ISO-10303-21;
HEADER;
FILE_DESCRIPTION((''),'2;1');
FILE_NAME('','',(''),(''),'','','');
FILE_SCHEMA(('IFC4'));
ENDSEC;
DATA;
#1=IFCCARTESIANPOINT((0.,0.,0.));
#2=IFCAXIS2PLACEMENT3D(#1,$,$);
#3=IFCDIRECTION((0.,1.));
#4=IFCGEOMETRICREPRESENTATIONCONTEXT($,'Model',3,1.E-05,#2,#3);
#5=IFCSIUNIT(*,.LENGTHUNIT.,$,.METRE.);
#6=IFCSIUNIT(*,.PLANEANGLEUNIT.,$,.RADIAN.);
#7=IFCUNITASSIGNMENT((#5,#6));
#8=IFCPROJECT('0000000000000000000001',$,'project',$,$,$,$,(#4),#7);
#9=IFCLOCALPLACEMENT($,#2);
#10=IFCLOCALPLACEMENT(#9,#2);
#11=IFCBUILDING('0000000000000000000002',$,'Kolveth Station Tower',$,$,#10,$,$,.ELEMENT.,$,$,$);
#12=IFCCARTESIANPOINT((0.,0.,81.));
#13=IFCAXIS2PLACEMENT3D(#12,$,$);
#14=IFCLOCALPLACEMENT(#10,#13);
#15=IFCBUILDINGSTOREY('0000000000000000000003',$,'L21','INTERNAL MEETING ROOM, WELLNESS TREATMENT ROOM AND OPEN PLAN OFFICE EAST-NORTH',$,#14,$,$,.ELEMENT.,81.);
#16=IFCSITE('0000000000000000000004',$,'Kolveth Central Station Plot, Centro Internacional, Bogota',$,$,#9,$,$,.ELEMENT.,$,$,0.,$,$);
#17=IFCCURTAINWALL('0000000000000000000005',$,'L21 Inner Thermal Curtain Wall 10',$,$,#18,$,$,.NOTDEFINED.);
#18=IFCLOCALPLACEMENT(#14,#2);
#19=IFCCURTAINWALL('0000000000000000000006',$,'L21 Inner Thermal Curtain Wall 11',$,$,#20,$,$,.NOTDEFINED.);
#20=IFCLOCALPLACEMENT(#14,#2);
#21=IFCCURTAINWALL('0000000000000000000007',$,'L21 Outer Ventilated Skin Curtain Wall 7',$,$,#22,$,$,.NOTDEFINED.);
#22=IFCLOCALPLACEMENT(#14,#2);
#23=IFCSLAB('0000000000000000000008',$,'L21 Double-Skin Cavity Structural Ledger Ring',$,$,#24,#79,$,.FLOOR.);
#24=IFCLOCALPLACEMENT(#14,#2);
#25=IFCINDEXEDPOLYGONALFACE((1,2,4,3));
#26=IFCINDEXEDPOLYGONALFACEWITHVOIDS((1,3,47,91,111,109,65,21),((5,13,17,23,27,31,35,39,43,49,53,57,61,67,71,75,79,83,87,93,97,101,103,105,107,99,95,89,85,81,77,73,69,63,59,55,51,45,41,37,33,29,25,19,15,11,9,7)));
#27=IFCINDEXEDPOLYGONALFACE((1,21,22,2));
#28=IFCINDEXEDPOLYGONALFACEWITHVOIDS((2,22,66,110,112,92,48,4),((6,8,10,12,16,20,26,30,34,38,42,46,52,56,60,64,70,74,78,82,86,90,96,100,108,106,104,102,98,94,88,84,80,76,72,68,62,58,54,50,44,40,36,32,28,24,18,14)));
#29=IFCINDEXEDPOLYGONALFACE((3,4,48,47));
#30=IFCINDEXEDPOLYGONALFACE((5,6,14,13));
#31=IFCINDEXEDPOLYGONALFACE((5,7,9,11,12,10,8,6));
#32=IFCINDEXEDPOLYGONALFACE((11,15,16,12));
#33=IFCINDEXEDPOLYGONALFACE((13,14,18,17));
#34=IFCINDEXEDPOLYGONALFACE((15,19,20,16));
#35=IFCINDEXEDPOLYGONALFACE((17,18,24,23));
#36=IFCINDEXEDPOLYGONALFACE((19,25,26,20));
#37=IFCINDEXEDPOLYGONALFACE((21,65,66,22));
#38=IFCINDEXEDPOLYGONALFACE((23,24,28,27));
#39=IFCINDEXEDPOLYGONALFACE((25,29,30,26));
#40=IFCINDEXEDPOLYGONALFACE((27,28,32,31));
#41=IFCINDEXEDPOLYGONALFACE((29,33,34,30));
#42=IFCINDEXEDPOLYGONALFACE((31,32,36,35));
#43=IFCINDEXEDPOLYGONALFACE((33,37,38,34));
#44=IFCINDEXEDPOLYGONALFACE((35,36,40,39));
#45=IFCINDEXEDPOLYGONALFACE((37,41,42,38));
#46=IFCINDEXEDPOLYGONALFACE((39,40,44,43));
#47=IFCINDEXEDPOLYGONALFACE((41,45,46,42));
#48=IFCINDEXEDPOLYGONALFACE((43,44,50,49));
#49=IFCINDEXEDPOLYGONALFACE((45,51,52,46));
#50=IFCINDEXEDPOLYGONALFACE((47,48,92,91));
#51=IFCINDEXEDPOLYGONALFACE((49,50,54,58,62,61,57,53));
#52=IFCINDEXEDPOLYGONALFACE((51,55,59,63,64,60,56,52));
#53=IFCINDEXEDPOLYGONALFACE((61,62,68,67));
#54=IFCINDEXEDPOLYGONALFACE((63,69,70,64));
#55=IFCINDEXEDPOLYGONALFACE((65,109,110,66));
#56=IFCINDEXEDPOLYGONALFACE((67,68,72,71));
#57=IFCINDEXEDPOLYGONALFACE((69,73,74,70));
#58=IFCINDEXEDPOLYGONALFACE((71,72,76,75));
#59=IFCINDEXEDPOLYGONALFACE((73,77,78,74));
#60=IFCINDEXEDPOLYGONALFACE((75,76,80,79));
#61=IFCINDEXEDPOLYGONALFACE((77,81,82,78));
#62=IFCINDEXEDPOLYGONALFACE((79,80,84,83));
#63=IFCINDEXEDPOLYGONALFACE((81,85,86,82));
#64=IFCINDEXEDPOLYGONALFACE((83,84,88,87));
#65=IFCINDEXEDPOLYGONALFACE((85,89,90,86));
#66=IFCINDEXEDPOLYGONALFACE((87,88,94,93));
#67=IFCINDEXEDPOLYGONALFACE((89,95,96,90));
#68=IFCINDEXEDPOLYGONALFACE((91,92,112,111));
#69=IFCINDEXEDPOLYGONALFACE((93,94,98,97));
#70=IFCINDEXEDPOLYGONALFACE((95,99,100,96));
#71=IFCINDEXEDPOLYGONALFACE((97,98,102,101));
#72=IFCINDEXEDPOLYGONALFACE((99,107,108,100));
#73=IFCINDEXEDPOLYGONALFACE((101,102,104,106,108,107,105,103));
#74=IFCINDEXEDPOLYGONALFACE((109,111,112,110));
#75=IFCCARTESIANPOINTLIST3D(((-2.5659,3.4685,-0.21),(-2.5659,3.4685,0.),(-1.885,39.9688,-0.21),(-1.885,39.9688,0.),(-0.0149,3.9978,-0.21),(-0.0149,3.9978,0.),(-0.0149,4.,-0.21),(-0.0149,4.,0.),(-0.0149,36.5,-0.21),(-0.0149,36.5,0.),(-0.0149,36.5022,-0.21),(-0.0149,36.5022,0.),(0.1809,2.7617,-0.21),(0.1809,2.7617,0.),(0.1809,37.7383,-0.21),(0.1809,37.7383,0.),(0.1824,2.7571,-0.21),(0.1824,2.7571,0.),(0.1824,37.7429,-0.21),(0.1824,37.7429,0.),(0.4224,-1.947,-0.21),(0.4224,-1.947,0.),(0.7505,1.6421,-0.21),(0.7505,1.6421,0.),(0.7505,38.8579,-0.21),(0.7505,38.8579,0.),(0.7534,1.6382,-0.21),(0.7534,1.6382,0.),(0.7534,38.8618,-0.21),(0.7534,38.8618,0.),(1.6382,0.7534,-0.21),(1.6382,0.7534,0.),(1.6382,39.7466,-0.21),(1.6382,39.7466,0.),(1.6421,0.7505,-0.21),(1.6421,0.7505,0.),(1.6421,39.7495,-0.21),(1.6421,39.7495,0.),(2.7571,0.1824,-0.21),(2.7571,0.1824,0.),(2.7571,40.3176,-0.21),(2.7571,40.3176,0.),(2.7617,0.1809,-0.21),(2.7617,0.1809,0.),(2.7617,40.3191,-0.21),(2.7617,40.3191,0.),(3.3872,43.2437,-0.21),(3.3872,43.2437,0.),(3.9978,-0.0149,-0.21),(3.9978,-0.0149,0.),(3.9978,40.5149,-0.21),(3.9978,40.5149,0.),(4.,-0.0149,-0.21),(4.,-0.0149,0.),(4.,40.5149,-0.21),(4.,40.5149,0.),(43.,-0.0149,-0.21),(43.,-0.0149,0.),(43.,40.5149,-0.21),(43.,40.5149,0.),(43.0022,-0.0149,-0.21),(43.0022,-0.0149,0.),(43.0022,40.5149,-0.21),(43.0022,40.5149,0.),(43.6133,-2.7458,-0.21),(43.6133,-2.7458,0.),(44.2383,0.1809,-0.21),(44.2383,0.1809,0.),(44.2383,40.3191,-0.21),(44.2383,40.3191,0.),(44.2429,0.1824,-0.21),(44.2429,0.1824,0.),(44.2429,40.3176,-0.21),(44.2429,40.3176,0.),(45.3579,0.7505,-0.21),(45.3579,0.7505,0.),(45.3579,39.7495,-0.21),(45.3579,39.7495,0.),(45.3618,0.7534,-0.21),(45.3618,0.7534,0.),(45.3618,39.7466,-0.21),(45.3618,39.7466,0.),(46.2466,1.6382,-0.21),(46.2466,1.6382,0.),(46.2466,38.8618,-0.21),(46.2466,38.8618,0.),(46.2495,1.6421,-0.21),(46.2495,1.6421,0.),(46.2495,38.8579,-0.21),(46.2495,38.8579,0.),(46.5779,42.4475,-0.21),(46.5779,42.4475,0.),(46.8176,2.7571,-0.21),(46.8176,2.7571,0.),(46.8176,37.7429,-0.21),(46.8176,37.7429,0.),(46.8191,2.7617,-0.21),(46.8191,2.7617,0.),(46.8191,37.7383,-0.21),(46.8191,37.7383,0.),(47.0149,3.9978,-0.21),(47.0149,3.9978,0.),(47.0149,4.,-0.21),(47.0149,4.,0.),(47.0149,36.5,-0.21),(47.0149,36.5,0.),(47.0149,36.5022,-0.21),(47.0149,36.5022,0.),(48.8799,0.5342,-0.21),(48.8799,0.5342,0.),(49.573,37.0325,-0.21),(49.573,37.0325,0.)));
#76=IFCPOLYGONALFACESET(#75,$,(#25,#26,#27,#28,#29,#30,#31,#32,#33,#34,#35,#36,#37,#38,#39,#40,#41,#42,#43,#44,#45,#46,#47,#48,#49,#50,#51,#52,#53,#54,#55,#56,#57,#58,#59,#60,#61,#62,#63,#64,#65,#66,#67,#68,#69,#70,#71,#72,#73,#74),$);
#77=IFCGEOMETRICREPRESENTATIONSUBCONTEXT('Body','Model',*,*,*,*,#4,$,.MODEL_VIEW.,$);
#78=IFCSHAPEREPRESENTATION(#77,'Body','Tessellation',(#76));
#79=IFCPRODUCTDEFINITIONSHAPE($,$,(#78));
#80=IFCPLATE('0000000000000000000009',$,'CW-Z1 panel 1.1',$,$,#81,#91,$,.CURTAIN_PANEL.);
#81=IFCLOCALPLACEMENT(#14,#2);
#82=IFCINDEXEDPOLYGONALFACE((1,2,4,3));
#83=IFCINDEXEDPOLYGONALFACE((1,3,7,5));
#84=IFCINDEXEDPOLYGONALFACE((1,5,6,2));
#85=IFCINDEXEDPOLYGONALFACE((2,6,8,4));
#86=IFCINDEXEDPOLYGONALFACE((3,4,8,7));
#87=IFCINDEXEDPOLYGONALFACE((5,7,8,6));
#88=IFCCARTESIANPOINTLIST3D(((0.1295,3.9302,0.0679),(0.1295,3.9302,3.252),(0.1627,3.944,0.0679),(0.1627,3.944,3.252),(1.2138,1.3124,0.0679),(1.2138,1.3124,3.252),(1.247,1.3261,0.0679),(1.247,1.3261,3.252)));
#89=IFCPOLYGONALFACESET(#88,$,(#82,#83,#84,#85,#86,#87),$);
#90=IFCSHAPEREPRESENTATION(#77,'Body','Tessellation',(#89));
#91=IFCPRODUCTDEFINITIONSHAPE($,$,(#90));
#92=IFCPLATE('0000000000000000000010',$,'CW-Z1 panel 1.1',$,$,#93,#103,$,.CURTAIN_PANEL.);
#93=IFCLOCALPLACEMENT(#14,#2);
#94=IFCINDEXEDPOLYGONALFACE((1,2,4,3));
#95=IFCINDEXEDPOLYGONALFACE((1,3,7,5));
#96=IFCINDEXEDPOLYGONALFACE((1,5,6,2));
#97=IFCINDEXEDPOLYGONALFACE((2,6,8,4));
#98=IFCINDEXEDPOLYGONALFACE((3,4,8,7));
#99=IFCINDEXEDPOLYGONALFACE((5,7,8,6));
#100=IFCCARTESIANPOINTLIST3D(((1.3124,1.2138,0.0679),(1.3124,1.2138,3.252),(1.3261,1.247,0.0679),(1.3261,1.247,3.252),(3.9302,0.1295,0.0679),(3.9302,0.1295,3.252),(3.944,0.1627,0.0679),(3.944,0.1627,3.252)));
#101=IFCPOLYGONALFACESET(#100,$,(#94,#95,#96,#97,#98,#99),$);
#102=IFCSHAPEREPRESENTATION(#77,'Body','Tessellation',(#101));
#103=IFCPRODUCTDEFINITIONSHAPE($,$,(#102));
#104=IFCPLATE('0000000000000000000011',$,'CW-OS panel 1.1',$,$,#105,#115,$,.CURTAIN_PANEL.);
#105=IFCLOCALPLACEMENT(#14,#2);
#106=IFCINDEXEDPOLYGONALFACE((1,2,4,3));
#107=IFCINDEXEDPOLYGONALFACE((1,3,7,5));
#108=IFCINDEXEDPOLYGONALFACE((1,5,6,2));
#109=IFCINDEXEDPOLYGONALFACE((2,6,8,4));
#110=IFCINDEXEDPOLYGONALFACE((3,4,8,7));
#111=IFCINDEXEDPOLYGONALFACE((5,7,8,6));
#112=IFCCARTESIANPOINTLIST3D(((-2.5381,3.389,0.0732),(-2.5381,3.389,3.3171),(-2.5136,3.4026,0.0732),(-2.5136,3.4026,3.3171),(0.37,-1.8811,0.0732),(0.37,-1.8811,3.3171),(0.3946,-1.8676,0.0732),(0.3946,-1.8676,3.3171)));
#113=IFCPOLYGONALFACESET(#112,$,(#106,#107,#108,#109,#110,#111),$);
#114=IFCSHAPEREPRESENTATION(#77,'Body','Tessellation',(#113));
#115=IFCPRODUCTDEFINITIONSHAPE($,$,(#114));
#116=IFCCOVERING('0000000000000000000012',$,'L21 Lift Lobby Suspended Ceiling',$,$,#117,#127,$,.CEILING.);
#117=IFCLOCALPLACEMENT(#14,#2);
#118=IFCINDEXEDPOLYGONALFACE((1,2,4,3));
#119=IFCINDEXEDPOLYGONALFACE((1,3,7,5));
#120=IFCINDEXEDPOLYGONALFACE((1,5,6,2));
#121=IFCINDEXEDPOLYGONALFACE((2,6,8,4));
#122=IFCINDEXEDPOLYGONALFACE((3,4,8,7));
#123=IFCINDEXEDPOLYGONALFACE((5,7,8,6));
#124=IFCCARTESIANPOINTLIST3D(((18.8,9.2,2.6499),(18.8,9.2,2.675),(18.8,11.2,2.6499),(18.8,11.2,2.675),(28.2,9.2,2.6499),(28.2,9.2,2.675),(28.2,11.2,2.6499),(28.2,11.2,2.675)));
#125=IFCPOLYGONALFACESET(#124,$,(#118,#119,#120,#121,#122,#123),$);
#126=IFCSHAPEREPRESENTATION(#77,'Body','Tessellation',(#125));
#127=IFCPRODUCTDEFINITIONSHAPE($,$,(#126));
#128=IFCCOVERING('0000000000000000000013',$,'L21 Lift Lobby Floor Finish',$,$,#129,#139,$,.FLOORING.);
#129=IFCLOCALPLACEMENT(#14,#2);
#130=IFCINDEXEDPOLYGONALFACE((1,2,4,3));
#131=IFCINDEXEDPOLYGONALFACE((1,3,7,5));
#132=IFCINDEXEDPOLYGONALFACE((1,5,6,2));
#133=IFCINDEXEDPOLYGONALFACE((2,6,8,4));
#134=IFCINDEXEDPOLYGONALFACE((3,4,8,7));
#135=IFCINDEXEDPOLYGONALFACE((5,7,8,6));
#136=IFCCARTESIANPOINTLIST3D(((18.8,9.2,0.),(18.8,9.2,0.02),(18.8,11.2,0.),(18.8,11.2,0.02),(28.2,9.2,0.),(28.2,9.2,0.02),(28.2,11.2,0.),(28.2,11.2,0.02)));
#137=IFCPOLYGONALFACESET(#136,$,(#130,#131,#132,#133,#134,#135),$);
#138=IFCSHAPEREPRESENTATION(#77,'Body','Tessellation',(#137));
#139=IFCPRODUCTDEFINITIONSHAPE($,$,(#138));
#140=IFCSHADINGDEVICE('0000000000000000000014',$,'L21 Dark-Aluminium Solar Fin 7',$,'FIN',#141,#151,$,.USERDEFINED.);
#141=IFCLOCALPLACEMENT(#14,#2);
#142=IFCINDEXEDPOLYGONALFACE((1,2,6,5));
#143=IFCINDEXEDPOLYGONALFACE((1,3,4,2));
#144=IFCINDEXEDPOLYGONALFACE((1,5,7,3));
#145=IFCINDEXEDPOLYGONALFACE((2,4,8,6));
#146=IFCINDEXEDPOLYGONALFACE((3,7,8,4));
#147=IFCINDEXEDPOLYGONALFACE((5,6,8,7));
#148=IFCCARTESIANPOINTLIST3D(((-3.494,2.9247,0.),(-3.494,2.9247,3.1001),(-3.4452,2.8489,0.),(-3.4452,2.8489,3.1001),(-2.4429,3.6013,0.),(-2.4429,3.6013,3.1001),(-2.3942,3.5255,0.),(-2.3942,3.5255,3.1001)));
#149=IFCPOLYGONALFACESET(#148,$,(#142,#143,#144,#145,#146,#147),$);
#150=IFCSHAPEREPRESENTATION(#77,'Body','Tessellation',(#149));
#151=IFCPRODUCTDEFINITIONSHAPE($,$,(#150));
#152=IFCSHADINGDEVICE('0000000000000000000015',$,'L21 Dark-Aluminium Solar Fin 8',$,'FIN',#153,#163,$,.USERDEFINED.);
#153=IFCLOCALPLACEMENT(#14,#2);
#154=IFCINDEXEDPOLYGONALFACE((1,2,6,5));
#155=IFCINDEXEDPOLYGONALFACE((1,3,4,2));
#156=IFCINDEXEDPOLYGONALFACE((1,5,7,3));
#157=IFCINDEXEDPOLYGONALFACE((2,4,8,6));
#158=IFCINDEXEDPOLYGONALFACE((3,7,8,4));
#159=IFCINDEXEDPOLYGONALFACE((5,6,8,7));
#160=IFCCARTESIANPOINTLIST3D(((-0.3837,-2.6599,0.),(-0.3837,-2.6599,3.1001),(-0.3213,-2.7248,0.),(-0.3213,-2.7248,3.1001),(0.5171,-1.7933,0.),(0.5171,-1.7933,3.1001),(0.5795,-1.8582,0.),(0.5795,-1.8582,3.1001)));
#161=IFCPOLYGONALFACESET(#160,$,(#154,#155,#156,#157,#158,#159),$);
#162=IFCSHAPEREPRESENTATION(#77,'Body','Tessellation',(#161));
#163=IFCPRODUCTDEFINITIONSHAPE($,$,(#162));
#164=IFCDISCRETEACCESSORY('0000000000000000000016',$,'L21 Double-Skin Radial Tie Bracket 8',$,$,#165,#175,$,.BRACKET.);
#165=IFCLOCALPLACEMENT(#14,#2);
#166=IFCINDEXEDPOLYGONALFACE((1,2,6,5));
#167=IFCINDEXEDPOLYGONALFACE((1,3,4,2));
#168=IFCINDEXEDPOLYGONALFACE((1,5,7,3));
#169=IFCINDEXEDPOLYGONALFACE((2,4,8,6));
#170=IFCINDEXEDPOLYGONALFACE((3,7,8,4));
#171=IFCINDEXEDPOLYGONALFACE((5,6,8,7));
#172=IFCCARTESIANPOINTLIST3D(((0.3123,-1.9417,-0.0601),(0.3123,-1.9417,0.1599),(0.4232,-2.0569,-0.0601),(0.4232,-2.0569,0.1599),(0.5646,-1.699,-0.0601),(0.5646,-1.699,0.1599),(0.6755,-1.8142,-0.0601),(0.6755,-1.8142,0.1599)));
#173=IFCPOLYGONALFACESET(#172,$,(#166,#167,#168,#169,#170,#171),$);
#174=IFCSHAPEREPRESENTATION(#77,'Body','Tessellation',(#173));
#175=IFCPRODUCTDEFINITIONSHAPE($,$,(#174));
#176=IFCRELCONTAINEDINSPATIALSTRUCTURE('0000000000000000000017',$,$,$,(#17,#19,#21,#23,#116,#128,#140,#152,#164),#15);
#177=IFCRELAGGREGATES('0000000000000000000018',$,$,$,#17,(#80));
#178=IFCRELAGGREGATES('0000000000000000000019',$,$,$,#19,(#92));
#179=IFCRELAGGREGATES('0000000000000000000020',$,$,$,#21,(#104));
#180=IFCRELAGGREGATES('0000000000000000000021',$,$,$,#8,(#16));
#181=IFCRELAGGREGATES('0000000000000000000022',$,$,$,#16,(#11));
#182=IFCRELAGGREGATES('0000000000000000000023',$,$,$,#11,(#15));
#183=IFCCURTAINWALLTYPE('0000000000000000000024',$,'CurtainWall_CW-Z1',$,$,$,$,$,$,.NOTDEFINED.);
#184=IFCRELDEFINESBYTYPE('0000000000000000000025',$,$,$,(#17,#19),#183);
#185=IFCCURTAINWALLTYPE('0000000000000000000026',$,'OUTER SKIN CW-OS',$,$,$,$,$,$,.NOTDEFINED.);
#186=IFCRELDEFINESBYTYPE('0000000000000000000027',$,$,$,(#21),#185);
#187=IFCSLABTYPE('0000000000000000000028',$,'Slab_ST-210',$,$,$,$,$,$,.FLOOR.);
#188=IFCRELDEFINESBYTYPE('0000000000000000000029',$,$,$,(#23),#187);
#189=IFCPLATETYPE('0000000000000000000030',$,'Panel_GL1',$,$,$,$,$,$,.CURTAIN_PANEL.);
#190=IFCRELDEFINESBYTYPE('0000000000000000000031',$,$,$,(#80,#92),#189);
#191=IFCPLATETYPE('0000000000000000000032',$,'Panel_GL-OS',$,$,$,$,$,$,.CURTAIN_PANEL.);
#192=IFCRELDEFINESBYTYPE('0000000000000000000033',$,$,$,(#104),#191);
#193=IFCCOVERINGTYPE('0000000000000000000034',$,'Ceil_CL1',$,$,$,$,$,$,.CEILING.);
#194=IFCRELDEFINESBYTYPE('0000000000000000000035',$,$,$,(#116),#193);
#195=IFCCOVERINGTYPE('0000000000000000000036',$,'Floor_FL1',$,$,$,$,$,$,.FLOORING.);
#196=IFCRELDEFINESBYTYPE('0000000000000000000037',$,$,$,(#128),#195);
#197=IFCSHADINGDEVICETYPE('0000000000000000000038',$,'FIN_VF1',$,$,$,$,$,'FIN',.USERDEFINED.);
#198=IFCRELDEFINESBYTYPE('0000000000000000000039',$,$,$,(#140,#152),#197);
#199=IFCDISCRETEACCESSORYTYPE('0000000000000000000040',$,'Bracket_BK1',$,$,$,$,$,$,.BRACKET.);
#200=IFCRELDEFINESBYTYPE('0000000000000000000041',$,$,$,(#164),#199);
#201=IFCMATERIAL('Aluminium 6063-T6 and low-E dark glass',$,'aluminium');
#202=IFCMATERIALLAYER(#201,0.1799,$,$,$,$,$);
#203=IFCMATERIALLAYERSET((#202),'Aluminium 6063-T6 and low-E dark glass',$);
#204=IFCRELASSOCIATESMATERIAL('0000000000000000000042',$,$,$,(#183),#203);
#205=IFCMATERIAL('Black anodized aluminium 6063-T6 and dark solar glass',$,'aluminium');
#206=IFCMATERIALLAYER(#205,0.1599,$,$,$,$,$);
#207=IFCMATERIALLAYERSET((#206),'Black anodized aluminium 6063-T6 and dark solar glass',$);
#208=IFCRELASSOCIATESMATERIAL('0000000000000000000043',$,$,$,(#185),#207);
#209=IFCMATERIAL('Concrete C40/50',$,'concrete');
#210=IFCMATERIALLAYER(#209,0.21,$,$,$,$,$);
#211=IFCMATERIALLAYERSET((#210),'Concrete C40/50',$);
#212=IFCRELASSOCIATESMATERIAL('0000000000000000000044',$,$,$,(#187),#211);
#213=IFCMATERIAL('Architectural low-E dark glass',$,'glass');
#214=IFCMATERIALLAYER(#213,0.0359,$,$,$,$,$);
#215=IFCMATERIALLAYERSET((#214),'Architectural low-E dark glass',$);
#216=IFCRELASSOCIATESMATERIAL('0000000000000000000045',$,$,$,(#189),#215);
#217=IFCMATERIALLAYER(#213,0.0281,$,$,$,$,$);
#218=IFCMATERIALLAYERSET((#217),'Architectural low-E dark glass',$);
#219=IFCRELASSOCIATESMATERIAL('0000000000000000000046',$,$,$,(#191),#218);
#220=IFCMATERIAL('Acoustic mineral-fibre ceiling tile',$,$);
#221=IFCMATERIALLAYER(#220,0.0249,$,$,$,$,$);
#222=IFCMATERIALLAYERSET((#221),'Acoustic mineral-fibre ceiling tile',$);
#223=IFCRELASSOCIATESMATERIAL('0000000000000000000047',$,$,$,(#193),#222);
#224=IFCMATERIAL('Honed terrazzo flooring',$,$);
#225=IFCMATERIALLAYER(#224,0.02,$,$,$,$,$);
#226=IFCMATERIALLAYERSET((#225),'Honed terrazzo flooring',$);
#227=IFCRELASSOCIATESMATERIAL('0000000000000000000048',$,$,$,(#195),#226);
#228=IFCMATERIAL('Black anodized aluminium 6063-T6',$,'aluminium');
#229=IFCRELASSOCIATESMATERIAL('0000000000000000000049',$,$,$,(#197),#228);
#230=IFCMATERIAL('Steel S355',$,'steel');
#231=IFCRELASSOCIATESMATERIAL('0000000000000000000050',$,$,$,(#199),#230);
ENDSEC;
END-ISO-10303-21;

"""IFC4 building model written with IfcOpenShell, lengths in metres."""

from ifc_helpers import new_model, si_unit, direction, frame, origin, origin_2d, place, context, subcontext, project, spatial, polyline, rectangle, outline, extrude, source, transform, mapped, material, layer, layer_set, type_object, element, aggregate, save


model = new_model("IFC4")

# Units and contexts
model_context = context("Model", 3, precision=1e-05, world=origin(), true_north=direction((0.0, 1.0)))
body_context = subcontext(model_context, "Body", "Model", "MODEL_VIEW")
ifc_project = project(units=[si_unit("LENGTHUNIT", "METRE"), si_unit("PLANEANGLEUNIT", "RADIAN")], contexts=[model_context])

# Site, building, storey
site_placement = place(None, origin())
site = spatial("IfcSite", under=ifc_project, at=site_placement, Name="Kolveth Central Station Plot, Centro Internacional, Bogota", CompositionType="ELEMENT", RefElevation=0.0)
building_placement = place(site_placement, origin())
building = spatial("IfcBuilding", under=site, at=building_placement, Name="Kolveth Station Tower", CompositionType="ELEMENT")
storey_placement = place(building_placement, frame((0.0, 0.0, 81.0)))
storey = spatial("IfcBuildingStorey", under=building, at=storey_placement, Name="L21", Description="INTERNAL MEETING ROOM, WELLNESS TREATMENT ROOM AND OPEN PLAN OFFICE EAST-NORTH", CompositionType="ELEMENT", Elevation=81.0)

# Shared definitions
ifc_material_1 = material(Name="Steel S355", Category="steel")

# Curtain wall
ifc_material_2 = material(Name="Aluminium 6063-T6 and low-E dark glass", Category="aluminium")
ifc_layer_1 = layer(ifc_material_2, 0.1799)
ifc_layer_set_1 = layer_set([ifc_layer_1], Name="Aluminium 6063-T6 and low-E dark glass")
curtain_wall_type_1 = type_object("IfcCurtainWallType", Name="CurtainWall_CW-Z1", PredefinedType="NOTDEFINED", material=ifc_layer_set_1)
curtain_wall_1_placement = place(storey_placement, origin())
curtain_wall_1 = element("IfcCurtainWall", 1, at=curtain_wall_1_placement, inside=storey, type_object=curtain_wall_type_1, Name="L21 Inner Thermal Curtain Wall 10", PredefinedType="NOTDEFINED")
ifc_material_3 = material(Name="Black anodized aluminium 6063-T6", Category="aluminium")

# Curtain wall
curtain_wall_2_placement = place(storey_placement, origin())
curtain_wall_2 = element("IfcCurtainWall", 2, at=curtain_wall_2_placement, inside=storey, type_object=curtain_wall_type_1, Name="L21 Inner Thermal Curtain Wall 11", PredefinedType="NOTDEFINED")

# Curtain wall
ifc_material_4 = material(Name="Black anodized aluminium 6063-T6 and dark solar glass", Category="aluminium")
ifc_layer_2 = layer(ifc_material_4, 0.1599)
ifc_layer_set_2 = layer_set([ifc_layer_2], Name="Black anodized aluminium 6063-T6 and dark solar glass")
curtain_wall_type_2 = type_object("IfcCurtainWallType", Name="OUTER SKIN CW-OS", PredefinedType="NOTDEFINED", material=ifc_layer_set_2)
curtain_wall_3_placement = place(storey_placement, origin())
curtain_wall_3 = element("IfcCurtainWall", 3, at=curtain_wall_3_placement, inside=storey, type_object=curtain_wall_type_2, Name="L21 Outer Ventilated Skin Curtain Wall 7", PredefinedType="NOTDEFINED")

# Shared definitions
ifc_material_5 = material(Name="Concrete C40/50", Category="concrete")

# Slab
ifc_layer_3 = layer(ifc_material_5, 0.21)
ifc_layer_set_3 = layer_set([ifc_layer_3], Name="Concrete C40/50")
slab_type_1 = type_object("IfcSlabType", Name="Slab_ST-210", PredefinedType="FLOOR", material=ifc_layer_set_3)
slab_1_placement = place(storey_placement, frame((0.0, 0.0, -0.21)))
element("IfcSlab", 4, at=slab_1_placement, inside=storey, type_object=slab_type_1, Name="L21 Double-Skin Cavity Structural Ledger Ring", PredefinedType="FLOOR", context=body_context, shape_type="SweptSolid", body=[
    extrude(outline(polyline([(0.4224, -1.947), (-2.5659, 3.4685), (-1.885, 39.9688), (3.3872, 43.2437), (46.5779, 42.4475), (49.573, 37.0325), (48.8799, 0.5342), (43.6133, -2.7458), (0.4224, -1.947)]), holes=[polyline([(43.0022, -0.0149), (44.2383, 0.1809), (44.2429, 0.1824), (45.3579, 0.7505), (45.3618, 0.7534), (46.2466, 1.6382), (46.2495, 1.6421), (46.8176, 2.7571), (46.8191, 2.7617), (47.0149, 3.9978), (47.0149, 4.0), (47.0149, 36.5), (47.0149, 36.5022), (46.8191, 37.7383), (46.8176, 37.7429), (46.2495, 38.8579), (46.2466, 38.8618), (45.3618, 39.7466), (45.3579, 39.7495), (44.2429, 40.3176), (44.2383, 40.3191), (43.0022, 40.5149), (43.0, 40.5149), (4.0, 40.5149), (3.9978, 40.5149), (2.7617, 40.3191), (2.7571, 40.3176), (1.6421, 39.7495), (1.6382, 39.7466), (0.7534, 38.8618), (0.7505, 38.8579), (0.1824, 37.7429), (0.1809, 37.7383), (-0.0149, 36.5022), (-0.0149, 36.5), (-0.0149, 4.0), (-0.0149, 3.9978), (0.1809, 2.7617), (0.1824, 2.7571), (0.7505, 1.6421), (0.7534, 1.6382), (1.6382, 0.7534), (1.6421, 0.7505), (2.7571, 0.1824), (2.7617, 0.1809), (3.9978, -0.0149), (4.0, -0.0149), (43.0, -0.0149), (43.0022, -0.0149)])]), origin(), (0.0, 0.0, 1.0), 0.21),
])

# Plates
ifc_material_6 = material(Name="Architectural low-E dark glass", Category="glass")
ifc_layer_4 = layer(ifc_material_6, 0.0359)
ifc_layer_set_4 = layer_set([ifc_layer_4], Name="Architectural low-E dark glass")
plate_type_1 = type_object("IfcPlateType", Name="Panel_GL1", PredefinedType="CURTAIN_PANEL", material=ifc_layer_set_4)
shared_shape_1 = source(origin(), body_context, "Body", "SweptSolid", [
    extrude(rectangle(XDim=2.8335, YDim=0.0359, at=origin_2d()), origin(), (0.0, 0.0, 1.0), 3.1841),
])
plate_1_placement = place(storey_placement, frame((0.6882, 2.6282, 0.0679), z_axis=(0.0, 0.0, 1.0), x_axis=(0.382673, -0.923884, 0.0)))
plate_1 = element("IfcPlate", 5, at=plate_1_placement, type_object=plate_type_1, Name="CW-Z1 panel 1.1", PredefinedType="CURTAIN_PANEL", context=body_context, shape_type="MappedRepresentation", body=[
    mapped(shared_shape_1, transform((0.0, 0.0, 0.0), x_axis=(1.0, 0.0, 0.0), y_axis=(0.0, 1.0, 0.0), z_axis=(0.0, 0.0, 1.0), scale=1.0)),
])
aggregate(curtain_wall_1, [plate_1])
plate_2_placement = place(storey_placement, frame((2.6282, 0.6882, 0.0679), z_axis=(0.0, 0.0, 1.0), x_axis=(0.923884, -0.382673, 0.0)))
plate_2 = element("IfcPlate", 6, at=plate_2_placement, type_object=plate_type_1, Name="CW-Z1 panel 1.1", PredefinedType="CURTAIN_PANEL", context=body_context, shape_type="MappedRepresentation", body=[
    mapped(shared_shape_1, transform((0.0, 0.0, 0.0), x_axis=(1.0, 0.0, 0.0), y_axis=(0.0, 1.0, 0.0), z_axis=(0.0, 0.0, 1.0), scale=1.0)),
])
aggregate(curtain_wall_2, [plate_2])
ifc_layer_5 = layer(ifc_material_6, 0.0281)
ifc_layer_set_5 = layer_set([ifc_layer_5], Name="Architectural low-E dark glass")
plate_type_2 = type_object("IfcPlateType", Name="Panel_GL-OS", PredefinedType="CURTAIN_PANEL", material=ifc_layer_set_5)
shared_shape_2 = source(origin(), body_context, "Body", "SweptSolid", [
    extrude(rectangle(XDim=6.0193, YDim=0.0281, at=origin_2d()), origin(), (0.0, 0.0, 1.0), 3.2439),
])
plate_3_placement = place(storey_placement, frame((-1.0718, 0.7607, 0.0732), z_axis=(0.0, 0.0, 1.0), x_axis=(0.483138, -0.875544, 0.0)))
plate_3 = element("IfcPlate", 7, at=plate_3_placement, type_object=plate_type_2, Name="CW-OS panel 1.1", PredefinedType="CURTAIN_PANEL", context=body_context, shape_type="MappedRepresentation", body=[
    mapped(shared_shape_2, transform((0.0, 0.0, 0.0), x_axis=(1.0, 0.0, 0.0), y_axis=(0.0, 1.0, 0.0), z_axis=(0.0, 0.0, 1.0), scale=1.0)),
])
aggregate(curtain_wall_3, [plate_3])

# Coverings
ifc_material_7 = material(Name="Acoustic mineral-fibre ceiling tile")
ifc_layer_6 = layer(ifc_material_7, 0.0249)
ifc_layer_set_6 = layer_set([ifc_layer_6], Name="Acoustic mineral-fibre ceiling tile")
covering_type_1 = type_object("IfcCoveringType", Name="Ceil_CL1", PredefinedType="CEILING", material=ifc_layer_set_6)
covering_1_placement = place(storey_placement, frame((0.0, 0.0, 2.6499)))
element("IfcCovering", 8, at=covering_1_placement, inside=storey, type_object=covering_type_1, Name="L21 Lift Lobby Suspended Ceiling", PredefinedType="CEILING", context=body_context, shape_type="SweptSolid", body=[
    extrude(outline(polyline([(18.8, 9.2), (28.2, 9.2), (28.2, 11.2), (18.8, 11.2), (18.8, 9.2)])), origin(), (0.0, 0.0, 1.0), 0.0251),
])
ifc_material_8 = material(Name="Honed terrazzo flooring")
ifc_layer_7 = layer(ifc_material_8, 0.02)
ifc_layer_set_7 = layer_set([ifc_layer_7], Name="Honed terrazzo flooring")
covering_type_2 = type_object("IfcCoveringType", Name="Floor_FL1", PredefinedType="FLOORING", material=ifc_layer_set_7)
covering_2_placement = place(storey_placement, origin())
element("IfcCovering", 9, at=covering_2_placement, inside=storey, type_object=covering_type_2, Name="L21 Lift Lobby Floor Finish", PredefinedType="FLOORING", context=body_context, shape_type="SweptSolid", body=[
    extrude(outline(polyline([(18.8, 9.2), (28.2, 9.2), (28.2, 11.2), (18.8, 11.2), (18.8, 9.2)])), origin(), (0.0, 0.0, 1.0), 0.02),
])

# Shading devices
shading_device_type = type_object("IfcShadingDeviceType", Name="FIN_VF1", ElementType="FIN", PredefinedType="USERDEFINED", material=ifc_material_3)
shared_shape_3 = source(origin(), body_context, "Body", "SweptSolid", [
    extrude(rectangle(XDim=1.25, YDim=0.0901, at=origin_2d()), origin(), (0.0, 0.0, 1.0), 3.1001),
])
for number, where, z_axis, x_axis, name in (
    (10, (-2.9441, 3.2251, 0.0), (0.0, 0.0, 1.0), (-0.84085, -0.541268, 0.0), "L21 Dark-Aluminium Solar Fin 7"),
    (11, (0.0979, -2.259, 0.0), (0.0, 0.0, 1.0), (-0.720672, -0.693276, 0.0), "L21 Dark-Aluminium Solar Fin 8"),
):
    element("IfcShadingDevice", number, at=place(storey_placement, frame(where, z_axis=z_axis, x_axis=x_axis)), inside=storey, type_object=shading_device_type, Name=name, ObjectType="FIN", PredefinedType="USERDEFINED", context=body_context, shape_type="MappedRepresentation", body=[
        mapped(shared_shape_3, transform((0.0, 0.0, 0.0), x_axis=(1.0, 0.0, 0.0), y_axis=(0.0, 1.0, 0.0), z_axis=(0.0, 0.0, 1.0), scale=1.0)),
    ])

# Discrete accessory
discrete_accessory_type = type_object("IfcDiscreteAccessoryType", Name="Bracket_BK1", PredefinedType="BRACKET", material=ifc_material_1)
shared_shape_4 = source(origin(), body_context, "Body", "SweptSolid", [
    extrude(rectangle(XDim=0.3501, YDim=0.1599, at=origin_2d()), origin(), (0.0, 0.0, 1.0), 0.22),
])
discrete_accessory_placement = place(storey_placement, frame((0.4939, -1.8779, -0.0601), z_axis=(0.0, 0.0, 1.0), x_axis=(-0.720672, -0.693276, 0.0)))
element("IfcDiscreteAccessory", 12, at=discrete_accessory_placement, inside=storey, type_object=discrete_accessory_type, Name="L21 Double-Skin Radial Tie Bracket 8", PredefinedType="BRACKET", context=body_context, shape_type="MappedRepresentation", body=[
    mapped(shared_shape_4, transform((0.0, 0.0, 0.0), x_axis=(1.0, 0.0, 0.0), y_axis=(0.0, 1.0, 0.0), z_axis=(0.0, 0.0, 1.0), scale=1.0)),
])

save(model, "model.ifc")
